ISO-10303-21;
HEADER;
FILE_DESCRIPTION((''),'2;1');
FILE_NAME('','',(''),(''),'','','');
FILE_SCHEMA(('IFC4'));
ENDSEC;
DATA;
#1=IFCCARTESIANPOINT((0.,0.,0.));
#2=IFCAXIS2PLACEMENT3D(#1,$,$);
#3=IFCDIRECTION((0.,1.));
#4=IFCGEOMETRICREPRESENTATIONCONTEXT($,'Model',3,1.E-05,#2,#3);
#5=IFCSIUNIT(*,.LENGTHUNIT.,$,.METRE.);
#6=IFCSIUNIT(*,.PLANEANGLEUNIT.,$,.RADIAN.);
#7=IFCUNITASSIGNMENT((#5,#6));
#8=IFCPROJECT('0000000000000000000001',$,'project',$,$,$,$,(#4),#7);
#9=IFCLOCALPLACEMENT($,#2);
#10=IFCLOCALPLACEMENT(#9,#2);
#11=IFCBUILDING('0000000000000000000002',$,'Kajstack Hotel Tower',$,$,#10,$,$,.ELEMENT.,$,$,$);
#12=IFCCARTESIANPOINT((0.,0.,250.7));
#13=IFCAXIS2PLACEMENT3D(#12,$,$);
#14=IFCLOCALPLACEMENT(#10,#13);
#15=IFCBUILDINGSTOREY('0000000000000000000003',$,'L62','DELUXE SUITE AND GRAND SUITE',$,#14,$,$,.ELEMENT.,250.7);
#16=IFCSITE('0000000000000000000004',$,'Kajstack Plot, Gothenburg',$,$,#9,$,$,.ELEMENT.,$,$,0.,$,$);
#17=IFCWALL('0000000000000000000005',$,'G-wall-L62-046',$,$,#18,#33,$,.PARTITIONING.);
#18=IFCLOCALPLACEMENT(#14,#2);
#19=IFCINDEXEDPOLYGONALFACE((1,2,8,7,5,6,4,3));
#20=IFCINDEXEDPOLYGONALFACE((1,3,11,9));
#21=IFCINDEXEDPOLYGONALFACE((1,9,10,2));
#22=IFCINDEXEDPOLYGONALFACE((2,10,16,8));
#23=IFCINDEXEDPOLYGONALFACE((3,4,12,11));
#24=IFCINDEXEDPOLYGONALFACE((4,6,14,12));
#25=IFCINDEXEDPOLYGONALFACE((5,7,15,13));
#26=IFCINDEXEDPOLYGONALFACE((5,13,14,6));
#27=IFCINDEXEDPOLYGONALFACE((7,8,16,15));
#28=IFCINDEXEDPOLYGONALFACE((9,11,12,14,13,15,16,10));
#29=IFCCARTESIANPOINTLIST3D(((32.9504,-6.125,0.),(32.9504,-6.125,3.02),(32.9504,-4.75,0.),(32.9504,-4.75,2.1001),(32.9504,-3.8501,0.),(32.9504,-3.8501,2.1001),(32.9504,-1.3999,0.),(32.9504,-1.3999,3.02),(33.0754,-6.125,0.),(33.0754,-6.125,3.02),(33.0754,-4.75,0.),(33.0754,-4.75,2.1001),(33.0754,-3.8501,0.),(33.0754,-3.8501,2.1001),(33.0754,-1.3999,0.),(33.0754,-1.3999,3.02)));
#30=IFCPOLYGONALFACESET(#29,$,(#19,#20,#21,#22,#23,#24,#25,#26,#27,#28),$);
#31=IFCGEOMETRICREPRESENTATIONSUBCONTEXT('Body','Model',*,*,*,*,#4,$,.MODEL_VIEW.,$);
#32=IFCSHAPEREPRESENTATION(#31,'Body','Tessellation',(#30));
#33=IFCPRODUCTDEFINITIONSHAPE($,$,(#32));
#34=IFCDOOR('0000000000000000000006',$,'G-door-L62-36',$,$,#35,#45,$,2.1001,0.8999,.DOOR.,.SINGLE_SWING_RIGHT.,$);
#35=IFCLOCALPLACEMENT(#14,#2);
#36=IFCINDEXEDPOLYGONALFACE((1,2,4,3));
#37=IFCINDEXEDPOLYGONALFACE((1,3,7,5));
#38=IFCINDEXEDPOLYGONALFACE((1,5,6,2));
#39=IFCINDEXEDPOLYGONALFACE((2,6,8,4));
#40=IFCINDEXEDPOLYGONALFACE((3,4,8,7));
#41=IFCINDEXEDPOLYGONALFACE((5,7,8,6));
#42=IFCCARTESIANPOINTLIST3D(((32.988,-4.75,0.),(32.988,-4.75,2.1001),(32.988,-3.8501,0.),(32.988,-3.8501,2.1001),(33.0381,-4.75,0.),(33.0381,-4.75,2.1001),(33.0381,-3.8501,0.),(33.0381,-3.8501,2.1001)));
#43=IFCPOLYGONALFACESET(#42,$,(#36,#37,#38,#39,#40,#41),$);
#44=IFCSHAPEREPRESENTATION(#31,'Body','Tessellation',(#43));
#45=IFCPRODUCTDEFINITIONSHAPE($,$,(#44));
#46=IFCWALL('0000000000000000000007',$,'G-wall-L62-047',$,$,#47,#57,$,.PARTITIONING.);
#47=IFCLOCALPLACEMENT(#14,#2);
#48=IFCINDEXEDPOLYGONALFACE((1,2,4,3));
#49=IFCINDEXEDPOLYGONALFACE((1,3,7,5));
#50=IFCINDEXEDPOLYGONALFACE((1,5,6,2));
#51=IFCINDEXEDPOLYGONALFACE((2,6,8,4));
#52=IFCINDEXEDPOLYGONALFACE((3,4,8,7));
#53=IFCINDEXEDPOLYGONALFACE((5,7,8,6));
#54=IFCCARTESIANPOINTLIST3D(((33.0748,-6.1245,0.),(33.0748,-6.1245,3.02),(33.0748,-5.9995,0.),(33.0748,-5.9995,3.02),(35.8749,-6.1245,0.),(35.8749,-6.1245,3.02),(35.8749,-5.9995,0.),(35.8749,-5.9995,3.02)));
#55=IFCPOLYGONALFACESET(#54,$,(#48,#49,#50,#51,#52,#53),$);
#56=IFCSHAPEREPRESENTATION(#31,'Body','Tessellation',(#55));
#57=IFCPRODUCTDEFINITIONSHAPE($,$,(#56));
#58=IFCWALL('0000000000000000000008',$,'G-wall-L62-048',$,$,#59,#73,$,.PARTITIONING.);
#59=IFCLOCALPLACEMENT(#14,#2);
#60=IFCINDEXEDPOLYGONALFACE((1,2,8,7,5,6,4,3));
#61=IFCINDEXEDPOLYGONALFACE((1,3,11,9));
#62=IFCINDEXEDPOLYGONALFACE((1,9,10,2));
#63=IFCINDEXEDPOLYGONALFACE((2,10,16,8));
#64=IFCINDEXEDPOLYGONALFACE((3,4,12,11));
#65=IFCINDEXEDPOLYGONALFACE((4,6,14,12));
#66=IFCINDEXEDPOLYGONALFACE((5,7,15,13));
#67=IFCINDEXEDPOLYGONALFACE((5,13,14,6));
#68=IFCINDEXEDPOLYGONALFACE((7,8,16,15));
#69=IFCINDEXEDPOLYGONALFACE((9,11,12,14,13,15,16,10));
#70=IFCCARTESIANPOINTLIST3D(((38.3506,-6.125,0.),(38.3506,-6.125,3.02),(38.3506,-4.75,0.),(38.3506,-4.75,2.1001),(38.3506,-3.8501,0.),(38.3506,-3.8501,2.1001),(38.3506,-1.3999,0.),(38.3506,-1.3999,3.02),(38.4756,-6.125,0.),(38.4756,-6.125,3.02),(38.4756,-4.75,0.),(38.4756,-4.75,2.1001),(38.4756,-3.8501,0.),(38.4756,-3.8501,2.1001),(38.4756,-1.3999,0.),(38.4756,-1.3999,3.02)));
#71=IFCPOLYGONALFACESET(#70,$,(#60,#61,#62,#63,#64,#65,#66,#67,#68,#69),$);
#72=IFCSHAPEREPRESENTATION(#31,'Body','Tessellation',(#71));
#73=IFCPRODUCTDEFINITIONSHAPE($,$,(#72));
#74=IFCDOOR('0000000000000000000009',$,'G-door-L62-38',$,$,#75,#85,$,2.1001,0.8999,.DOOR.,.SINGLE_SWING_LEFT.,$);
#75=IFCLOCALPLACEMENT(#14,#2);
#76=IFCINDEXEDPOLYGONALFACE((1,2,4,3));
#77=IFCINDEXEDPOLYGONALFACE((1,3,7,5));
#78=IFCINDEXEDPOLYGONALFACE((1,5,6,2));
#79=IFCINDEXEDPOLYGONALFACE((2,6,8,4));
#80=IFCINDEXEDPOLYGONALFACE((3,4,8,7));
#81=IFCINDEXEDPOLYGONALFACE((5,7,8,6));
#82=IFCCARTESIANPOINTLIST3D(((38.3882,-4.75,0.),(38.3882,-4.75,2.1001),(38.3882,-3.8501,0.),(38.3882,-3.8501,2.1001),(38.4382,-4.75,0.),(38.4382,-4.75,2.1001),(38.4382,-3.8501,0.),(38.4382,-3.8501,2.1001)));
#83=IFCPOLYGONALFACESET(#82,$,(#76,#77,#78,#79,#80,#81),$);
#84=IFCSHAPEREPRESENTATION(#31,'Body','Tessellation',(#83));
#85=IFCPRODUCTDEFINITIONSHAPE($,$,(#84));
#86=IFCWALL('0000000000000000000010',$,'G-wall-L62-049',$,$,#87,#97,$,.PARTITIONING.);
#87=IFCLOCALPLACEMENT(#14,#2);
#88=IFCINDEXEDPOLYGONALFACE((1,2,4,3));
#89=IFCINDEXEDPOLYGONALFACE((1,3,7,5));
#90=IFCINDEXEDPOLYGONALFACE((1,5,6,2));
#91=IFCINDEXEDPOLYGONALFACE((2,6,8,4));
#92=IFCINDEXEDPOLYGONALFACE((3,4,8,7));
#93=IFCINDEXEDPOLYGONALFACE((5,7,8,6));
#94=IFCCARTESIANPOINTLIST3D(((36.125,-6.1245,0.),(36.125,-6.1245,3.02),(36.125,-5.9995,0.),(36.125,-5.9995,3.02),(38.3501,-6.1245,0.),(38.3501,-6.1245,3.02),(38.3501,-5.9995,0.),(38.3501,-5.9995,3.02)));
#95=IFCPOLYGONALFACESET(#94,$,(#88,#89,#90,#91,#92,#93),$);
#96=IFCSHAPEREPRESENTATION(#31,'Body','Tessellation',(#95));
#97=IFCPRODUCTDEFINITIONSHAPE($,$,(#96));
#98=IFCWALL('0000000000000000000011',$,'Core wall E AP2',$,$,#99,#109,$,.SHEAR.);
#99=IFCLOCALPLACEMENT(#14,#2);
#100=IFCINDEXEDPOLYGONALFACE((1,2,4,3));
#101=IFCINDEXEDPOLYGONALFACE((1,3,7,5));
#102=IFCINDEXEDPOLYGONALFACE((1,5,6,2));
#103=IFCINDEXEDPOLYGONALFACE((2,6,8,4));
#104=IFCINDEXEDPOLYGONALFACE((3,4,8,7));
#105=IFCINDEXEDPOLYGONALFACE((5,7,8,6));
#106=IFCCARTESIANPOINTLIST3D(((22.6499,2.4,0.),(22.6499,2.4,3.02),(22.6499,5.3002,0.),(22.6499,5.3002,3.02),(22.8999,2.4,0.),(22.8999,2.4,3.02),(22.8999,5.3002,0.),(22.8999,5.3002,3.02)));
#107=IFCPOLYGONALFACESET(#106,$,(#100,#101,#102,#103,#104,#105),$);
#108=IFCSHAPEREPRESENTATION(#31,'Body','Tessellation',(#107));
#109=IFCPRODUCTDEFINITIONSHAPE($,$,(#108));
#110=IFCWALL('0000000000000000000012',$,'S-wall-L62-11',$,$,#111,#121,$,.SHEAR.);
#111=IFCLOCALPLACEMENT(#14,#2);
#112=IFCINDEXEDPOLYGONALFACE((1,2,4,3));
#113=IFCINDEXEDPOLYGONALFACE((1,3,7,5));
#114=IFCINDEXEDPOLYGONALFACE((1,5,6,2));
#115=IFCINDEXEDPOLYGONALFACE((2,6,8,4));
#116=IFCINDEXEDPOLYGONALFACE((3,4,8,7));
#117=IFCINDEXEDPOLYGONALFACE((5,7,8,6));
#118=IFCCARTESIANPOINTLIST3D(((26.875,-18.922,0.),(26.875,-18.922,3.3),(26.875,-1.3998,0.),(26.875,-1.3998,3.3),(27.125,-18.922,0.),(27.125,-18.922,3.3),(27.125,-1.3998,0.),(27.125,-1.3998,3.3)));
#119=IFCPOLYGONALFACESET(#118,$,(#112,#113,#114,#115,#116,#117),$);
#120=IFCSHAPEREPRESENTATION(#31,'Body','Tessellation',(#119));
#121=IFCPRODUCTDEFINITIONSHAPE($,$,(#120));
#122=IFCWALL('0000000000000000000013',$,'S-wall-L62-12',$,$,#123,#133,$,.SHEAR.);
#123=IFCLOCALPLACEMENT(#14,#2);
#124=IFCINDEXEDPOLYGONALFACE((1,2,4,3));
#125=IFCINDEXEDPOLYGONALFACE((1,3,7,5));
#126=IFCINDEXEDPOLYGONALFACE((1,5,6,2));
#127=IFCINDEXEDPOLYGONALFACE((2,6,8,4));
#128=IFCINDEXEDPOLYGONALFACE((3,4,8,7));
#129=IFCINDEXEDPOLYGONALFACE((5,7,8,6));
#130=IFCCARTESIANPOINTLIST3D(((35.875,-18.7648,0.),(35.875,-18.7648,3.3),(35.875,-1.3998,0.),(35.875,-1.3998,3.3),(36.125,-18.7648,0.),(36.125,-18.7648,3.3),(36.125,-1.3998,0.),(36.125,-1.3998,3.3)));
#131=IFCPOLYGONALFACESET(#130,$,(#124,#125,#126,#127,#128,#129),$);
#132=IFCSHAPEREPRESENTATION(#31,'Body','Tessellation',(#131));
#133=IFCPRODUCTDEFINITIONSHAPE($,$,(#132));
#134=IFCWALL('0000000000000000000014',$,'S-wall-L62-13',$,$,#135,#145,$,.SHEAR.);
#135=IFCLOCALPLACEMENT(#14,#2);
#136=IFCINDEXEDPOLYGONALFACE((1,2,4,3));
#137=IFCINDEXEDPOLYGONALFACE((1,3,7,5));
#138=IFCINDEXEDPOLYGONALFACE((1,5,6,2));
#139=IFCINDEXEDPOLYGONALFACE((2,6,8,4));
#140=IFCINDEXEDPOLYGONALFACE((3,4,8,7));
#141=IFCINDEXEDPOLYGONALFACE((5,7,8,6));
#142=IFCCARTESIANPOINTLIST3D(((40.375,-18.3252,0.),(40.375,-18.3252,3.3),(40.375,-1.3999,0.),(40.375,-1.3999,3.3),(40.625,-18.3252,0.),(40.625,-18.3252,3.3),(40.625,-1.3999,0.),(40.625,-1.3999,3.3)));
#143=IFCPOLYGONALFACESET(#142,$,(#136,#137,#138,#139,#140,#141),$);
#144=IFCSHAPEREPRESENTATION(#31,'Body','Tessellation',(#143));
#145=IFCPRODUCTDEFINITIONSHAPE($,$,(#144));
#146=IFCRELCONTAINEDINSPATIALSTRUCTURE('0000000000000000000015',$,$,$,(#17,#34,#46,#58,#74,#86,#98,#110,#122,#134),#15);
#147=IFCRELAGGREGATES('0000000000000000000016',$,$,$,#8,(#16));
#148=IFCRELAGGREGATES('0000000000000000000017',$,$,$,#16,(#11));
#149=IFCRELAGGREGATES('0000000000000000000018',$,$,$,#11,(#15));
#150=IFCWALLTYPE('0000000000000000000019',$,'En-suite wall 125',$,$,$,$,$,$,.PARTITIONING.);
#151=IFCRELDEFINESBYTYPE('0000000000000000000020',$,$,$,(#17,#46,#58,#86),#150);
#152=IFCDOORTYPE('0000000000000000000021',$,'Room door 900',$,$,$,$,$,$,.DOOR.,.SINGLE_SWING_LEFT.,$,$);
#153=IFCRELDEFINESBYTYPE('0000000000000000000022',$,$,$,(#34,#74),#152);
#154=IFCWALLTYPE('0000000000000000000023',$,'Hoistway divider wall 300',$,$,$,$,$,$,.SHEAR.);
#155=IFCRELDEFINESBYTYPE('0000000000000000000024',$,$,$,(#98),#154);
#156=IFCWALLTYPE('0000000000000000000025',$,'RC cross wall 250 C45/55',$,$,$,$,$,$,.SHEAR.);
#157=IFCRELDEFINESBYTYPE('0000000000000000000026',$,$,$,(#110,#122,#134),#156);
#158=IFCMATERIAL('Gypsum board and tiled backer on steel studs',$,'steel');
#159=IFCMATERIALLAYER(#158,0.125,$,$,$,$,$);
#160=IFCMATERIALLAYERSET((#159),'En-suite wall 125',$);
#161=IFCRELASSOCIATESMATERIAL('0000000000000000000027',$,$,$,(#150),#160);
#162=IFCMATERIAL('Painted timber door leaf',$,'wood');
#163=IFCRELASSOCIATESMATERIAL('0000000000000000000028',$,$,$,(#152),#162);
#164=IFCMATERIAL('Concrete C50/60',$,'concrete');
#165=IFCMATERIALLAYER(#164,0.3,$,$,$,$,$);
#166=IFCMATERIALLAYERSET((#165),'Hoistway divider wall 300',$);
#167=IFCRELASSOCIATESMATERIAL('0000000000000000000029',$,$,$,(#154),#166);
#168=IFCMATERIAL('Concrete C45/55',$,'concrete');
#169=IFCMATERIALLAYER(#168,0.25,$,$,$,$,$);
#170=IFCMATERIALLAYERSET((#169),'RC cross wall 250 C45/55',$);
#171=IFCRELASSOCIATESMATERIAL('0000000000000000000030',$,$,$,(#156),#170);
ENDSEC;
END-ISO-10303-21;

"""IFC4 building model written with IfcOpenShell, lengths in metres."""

from ifc_helpers import new_model, si_unit, direction, frame, frame_2d, origin, place, context, subcontext, project, spatial, rectangle, extrude, material, layer, layer_set, type_object, element, fill, save


model = new_model("IFC4")

# Units and contexts
model_context = context("Model", 3, precision=1e-05, world=origin(), true_north=direction((0.0, 1.0)))
body_context = subcontext(model_context, "Body", "Model", "MODEL_VIEW")
ifc_project = project(units=[si_unit("LENGTHUNIT", "METRE"), si_unit("PLANEANGLEUNIT", "RADIAN")], contexts=[model_context])

# Site, building, storey
site_placement = place(None, origin())
site = spatial("IfcSite", under=ifc_project, at=site_placement, Name="Kajstack Plot, Gothenburg", CompositionType="ELEMENT", RefElevation=0.0)
building_placement = place(site_placement, origin())
building = spatial("IfcBuilding", under=site, at=building_placement, Name="Kajstack Hotel Tower", CompositionType="ELEMENT")
storey_placement = place(building_placement, frame((0.0, 0.0, 250.7)))
storey = spatial("IfcBuildingStorey", under=building, at=storey_placement, Name="L62", Description="DELUXE SUITE AND GRAND SUITE", CompositionType="ELEMENT", Elevation=250.7)

# Shared definitions
ifc_material_1 = material(Name="Gypsum board and tiled backer on steel studs", Category="steel")
ifc_layer_1 = layer(ifc_material_1, 0.125)
ifc_layer_set_1 = layer_set([ifc_layer_1], Name="En-suite wall 125")
wall_type_1 = type_object("IfcWallType", Name="En-suite wall 125", PredefinedType="PARTITIONING", material=ifc_layer_set_1)
ifc_material_2 = material(Name="Painted timber door leaf", Category="wood")
door_type_1 = type_object("IfcDoorType", Name="Room door 900", OperationType="SINGLE_SWING_LEFT", PredefinedType="DOOR", material=ifc_material_2)

# Wall, opening, door
wall_1_placement = place(storey_placement, frame((33.0129, -6.125, 0.0), z_axis=(0.0, 0.0, 1.0), x_axis=(0.0, 1.0, 0.0)))
wall_1 = element("IfcWall", 1, at=wall_1_placement, inside=storey, type_object=wall_type_1, Name="G-wall-L62-046", PredefinedType="PARTITIONING", context=body_context, shape_type="SweptSolid", body=[
    extrude(rectangle(XDim=4.7251, YDim=0.125, at=frame_2d((2.3625, 0.0))), origin(), (0.0, 0.0, 1.0), 3.02),
])
opening_1_placement = place(wall_1_placement, frame((1.375, 0.0, 0.0)))
opening_1 = element("IfcOpeningElement", 2, at=opening_1_placement, cuts=wall_1, PredefinedType="OPENING", context=body_context, shape_type="SweptSolid", body=[
    extrude(rectangle(XDim=0.8999, YDim=2.1001, at=frame_2d((0.45, 1.05))), frame((0.0, 0.0725, 0.0), z_axis=(0.0, -1.0, 0.0), x_axis=(1.0, 0.0, 0.0)), (0.0, 0.0, 1.0), 0.145),
])
door_1_placement = place(opening_1_placement, origin())
door_1 = element("IfcDoor", 3, at=door_1_placement, inside=storey, type_object=door_type_1, Name="G-door-L62-36", OperationType="SINGLE_SWING_RIGHT", OverallHeight=2.1001, OverallWidth=0.8999, PredefinedType="DOOR", context=body_context, shape_type="SweptSolid", body=[
    extrude(rectangle(XDim=0.8999, YDim=2.1001, at=frame_2d((0.45, 1.05))), frame((0.0, 0.0249, 0.0), z_axis=(0.0, -1.0, 0.0), x_axis=(1.0, 0.0, 0.0)), (0.0, 0.0, 1.0), 0.05),
])
fill(opening_1, door_1)

# Wall
wall_2_placement = place(storey_placement, frame((33.075, -6.062, 0.0), z_axis=(0.0, 0.0, 1.0), x_axis=(1.0, 0.0, 0.0)))
element("IfcWall", 4, at=wall_2_placement, inside=storey, type_object=wall_type_1, Name="G-wall-L62-047", PredefinedType="PARTITIONING", context=body_context, shape_type="SweptSolid", body=[
    extrude(rectangle(XDim=2.8, YDim=0.125, at=frame_2d((1.3999, 0.0))), origin(), (0.0, 0.0, 1.0), 3.02),
])

# Wall, opening, door
wall_3_placement = place(storey_placement, frame((38.4131, -6.125, 0.0), z_axis=(0.0, 0.0, 1.0), x_axis=(0.0, 1.0, 0.0)))
wall_3 = element("IfcWall", 5, at=wall_3_placement, inside=storey, type_object=wall_type_1, Name="G-wall-L62-048", PredefinedType="PARTITIONING", context=body_context, shape_type="SweptSolid", body=[
    extrude(rectangle(XDim=4.7251, YDim=0.125, at=frame_2d((2.3625, 0.0))), origin(), (0.0, 0.0, 1.0), 3.02),
])
opening_2_placement = place(wall_3_placement, frame((1.375, 0.0, 0.0)))
opening_2 = element("IfcOpeningElement", 6, at=opening_2_placement, cuts=wall_3, PredefinedType="OPENING", context=body_context, shape_type="SweptSolid", body=[
    extrude(rectangle(XDim=0.8999, YDim=2.1001, at=frame_2d((0.45, 1.05))), frame((0.0, 0.0725, 0.0), z_axis=(0.0, -1.0, 0.0), x_axis=(1.0, 0.0, 0.0)), (0.0, 0.0, 1.0), 0.145),
])
door_2_placement = place(opening_2_placement, origin())
door_2 = element("IfcDoor", 7, at=door_2_placement, inside=storey, type_object=door_type_1, Name="G-door-L62-38", OperationType="SINGLE_SWING_LEFT", OverallHeight=2.1001, OverallWidth=0.8999, PredefinedType="DOOR", context=body_context, shape_type="SweptSolid", body=[
    extrude(rectangle(XDim=0.8999, YDim=2.1001, at=frame_2d((0.45, 1.05))), frame((0.0, 0.0249, 0.0), z_axis=(0.0, -1.0, 0.0), x_axis=(1.0, 0.0, 0.0)), (0.0, 0.0, 1.0), 0.05),
])
fill(opening_2, door_2)

# Walls
wall_4_placement = place(storey_placement, frame((36.125, -6.062, 0.0), z_axis=(0.0, 0.0, 1.0), x_axis=(1.0, 0.0, 0.0)))
element("IfcWall", 8, at=wall_4_placement, inside=storey, type_object=wall_type_1, Name="G-wall-L62-049", PredefinedType="PARTITIONING", context=body_context, shape_type="SweptSolid", body=[
    extrude(rectangle(XDim=2.2251, YDim=0.125, at=frame_2d((1.1125, 0.0))), origin(), (0.0, 0.0, 1.0), 3.02),
])
ifc_material_3 = material(Name="Concrete C50/60", Category="concrete")
ifc_layer_2 = layer(ifc_material_3, 0.3)
ifc_layer_set_2 = layer_set([ifc_layer_2], Name="Hoistway divider wall 300")
wall_type_2 = type_object("IfcWallType", Name="Hoistway divider wall 300", PredefinedType="SHEAR", material=ifc_layer_set_2)
wall_5_placement = place(storey_placement, frame((22.7749, 2.3999, 0.0), z_axis=(0.0, 0.0, 1.0), x_axis=(0.0, 1.0, 0.0)))
element("IfcWall", 9, at=wall_5_placement, inside=storey, type_object=wall_type_2, Name="Core wall E AP2", PredefinedType="SHEAR", context=body_context, shape_type="SweptSolid", body=[
    extrude(rectangle(XDim=2.9001, YDim=0.25, at=frame_2d((1.4502, 0.0))), origin(), (0.0, 0.0, 1.0), 3.02),
])
ifc_material_4 = material(Name="Concrete C45/55", Category="concrete")
ifc_layer_3 = layer(ifc_material_4, 0.25)
ifc_layer_set_3 = layer_set([ifc_layer_3], Name="RC cross wall 250 C45/55")
wall_type_3 = type_object("IfcWallType", Name="RC cross wall 250 C45/55", PredefinedType="SHEAR", material=ifc_layer_set_3)
wall_6_placement = place(storey_placement, frame((27.0, -18.9221, 0.0), z_axis=(0.0, 0.0, 1.0), x_axis=(0.0, 1.0, 0.0)))
element("IfcWall", 10, at=wall_6_placement, inside=storey, type_object=wall_type_3, Name="S-wall-L62-11", PredefinedType="SHEAR", context=body_context, shape_type="SweptSolid", body=[
    extrude(rectangle(XDim=17.5222, YDim=0.25, at=frame_2d((8.7612, 0.0))), origin(), (0.0, 0.0, 1.0), 3.3),
])
wall_7_placement = place(storey_placement, frame((36.0, -18.7649, 0.0), z_axis=(0.0, 0.0, 1.0), x_axis=(0.0, 1.0, 0.0)))
element("IfcWall", 11, at=wall_7_placement, inside=storey, type_object=wall_type_3, Name="S-wall-L62-12", PredefinedType="SHEAR", context=body_context, shape_type="SweptSolid", body=[
    extrude(rectangle(XDim=17.365, YDim=0.25, at=frame_2d((8.6826, 0.0))), origin(), (0.0, 0.0, 1.0), 3.3),
])
wall_8_placement = place(storey_placement, frame((40.5, -18.3252, 0.0), z_axis=(0.0, 0.0, 1.0), x_axis=(0.0, 1.0, 0.0)))
element("IfcWall", 12, at=wall_8_placement, inside=storey, type_object=wall_type_3, Name="S-wall-L62-13", PredefinedType="SHEAR", context=body_context, shape_type="SweptSolid", body=[
    extrude(rectangle(XDim=16.9253, YDim=0.25, at=frame_2d((8.4626, 0.0))), origin(), (0.0, 0.0, 1.0), 3.3),
])

save(model, "model.ifc")
